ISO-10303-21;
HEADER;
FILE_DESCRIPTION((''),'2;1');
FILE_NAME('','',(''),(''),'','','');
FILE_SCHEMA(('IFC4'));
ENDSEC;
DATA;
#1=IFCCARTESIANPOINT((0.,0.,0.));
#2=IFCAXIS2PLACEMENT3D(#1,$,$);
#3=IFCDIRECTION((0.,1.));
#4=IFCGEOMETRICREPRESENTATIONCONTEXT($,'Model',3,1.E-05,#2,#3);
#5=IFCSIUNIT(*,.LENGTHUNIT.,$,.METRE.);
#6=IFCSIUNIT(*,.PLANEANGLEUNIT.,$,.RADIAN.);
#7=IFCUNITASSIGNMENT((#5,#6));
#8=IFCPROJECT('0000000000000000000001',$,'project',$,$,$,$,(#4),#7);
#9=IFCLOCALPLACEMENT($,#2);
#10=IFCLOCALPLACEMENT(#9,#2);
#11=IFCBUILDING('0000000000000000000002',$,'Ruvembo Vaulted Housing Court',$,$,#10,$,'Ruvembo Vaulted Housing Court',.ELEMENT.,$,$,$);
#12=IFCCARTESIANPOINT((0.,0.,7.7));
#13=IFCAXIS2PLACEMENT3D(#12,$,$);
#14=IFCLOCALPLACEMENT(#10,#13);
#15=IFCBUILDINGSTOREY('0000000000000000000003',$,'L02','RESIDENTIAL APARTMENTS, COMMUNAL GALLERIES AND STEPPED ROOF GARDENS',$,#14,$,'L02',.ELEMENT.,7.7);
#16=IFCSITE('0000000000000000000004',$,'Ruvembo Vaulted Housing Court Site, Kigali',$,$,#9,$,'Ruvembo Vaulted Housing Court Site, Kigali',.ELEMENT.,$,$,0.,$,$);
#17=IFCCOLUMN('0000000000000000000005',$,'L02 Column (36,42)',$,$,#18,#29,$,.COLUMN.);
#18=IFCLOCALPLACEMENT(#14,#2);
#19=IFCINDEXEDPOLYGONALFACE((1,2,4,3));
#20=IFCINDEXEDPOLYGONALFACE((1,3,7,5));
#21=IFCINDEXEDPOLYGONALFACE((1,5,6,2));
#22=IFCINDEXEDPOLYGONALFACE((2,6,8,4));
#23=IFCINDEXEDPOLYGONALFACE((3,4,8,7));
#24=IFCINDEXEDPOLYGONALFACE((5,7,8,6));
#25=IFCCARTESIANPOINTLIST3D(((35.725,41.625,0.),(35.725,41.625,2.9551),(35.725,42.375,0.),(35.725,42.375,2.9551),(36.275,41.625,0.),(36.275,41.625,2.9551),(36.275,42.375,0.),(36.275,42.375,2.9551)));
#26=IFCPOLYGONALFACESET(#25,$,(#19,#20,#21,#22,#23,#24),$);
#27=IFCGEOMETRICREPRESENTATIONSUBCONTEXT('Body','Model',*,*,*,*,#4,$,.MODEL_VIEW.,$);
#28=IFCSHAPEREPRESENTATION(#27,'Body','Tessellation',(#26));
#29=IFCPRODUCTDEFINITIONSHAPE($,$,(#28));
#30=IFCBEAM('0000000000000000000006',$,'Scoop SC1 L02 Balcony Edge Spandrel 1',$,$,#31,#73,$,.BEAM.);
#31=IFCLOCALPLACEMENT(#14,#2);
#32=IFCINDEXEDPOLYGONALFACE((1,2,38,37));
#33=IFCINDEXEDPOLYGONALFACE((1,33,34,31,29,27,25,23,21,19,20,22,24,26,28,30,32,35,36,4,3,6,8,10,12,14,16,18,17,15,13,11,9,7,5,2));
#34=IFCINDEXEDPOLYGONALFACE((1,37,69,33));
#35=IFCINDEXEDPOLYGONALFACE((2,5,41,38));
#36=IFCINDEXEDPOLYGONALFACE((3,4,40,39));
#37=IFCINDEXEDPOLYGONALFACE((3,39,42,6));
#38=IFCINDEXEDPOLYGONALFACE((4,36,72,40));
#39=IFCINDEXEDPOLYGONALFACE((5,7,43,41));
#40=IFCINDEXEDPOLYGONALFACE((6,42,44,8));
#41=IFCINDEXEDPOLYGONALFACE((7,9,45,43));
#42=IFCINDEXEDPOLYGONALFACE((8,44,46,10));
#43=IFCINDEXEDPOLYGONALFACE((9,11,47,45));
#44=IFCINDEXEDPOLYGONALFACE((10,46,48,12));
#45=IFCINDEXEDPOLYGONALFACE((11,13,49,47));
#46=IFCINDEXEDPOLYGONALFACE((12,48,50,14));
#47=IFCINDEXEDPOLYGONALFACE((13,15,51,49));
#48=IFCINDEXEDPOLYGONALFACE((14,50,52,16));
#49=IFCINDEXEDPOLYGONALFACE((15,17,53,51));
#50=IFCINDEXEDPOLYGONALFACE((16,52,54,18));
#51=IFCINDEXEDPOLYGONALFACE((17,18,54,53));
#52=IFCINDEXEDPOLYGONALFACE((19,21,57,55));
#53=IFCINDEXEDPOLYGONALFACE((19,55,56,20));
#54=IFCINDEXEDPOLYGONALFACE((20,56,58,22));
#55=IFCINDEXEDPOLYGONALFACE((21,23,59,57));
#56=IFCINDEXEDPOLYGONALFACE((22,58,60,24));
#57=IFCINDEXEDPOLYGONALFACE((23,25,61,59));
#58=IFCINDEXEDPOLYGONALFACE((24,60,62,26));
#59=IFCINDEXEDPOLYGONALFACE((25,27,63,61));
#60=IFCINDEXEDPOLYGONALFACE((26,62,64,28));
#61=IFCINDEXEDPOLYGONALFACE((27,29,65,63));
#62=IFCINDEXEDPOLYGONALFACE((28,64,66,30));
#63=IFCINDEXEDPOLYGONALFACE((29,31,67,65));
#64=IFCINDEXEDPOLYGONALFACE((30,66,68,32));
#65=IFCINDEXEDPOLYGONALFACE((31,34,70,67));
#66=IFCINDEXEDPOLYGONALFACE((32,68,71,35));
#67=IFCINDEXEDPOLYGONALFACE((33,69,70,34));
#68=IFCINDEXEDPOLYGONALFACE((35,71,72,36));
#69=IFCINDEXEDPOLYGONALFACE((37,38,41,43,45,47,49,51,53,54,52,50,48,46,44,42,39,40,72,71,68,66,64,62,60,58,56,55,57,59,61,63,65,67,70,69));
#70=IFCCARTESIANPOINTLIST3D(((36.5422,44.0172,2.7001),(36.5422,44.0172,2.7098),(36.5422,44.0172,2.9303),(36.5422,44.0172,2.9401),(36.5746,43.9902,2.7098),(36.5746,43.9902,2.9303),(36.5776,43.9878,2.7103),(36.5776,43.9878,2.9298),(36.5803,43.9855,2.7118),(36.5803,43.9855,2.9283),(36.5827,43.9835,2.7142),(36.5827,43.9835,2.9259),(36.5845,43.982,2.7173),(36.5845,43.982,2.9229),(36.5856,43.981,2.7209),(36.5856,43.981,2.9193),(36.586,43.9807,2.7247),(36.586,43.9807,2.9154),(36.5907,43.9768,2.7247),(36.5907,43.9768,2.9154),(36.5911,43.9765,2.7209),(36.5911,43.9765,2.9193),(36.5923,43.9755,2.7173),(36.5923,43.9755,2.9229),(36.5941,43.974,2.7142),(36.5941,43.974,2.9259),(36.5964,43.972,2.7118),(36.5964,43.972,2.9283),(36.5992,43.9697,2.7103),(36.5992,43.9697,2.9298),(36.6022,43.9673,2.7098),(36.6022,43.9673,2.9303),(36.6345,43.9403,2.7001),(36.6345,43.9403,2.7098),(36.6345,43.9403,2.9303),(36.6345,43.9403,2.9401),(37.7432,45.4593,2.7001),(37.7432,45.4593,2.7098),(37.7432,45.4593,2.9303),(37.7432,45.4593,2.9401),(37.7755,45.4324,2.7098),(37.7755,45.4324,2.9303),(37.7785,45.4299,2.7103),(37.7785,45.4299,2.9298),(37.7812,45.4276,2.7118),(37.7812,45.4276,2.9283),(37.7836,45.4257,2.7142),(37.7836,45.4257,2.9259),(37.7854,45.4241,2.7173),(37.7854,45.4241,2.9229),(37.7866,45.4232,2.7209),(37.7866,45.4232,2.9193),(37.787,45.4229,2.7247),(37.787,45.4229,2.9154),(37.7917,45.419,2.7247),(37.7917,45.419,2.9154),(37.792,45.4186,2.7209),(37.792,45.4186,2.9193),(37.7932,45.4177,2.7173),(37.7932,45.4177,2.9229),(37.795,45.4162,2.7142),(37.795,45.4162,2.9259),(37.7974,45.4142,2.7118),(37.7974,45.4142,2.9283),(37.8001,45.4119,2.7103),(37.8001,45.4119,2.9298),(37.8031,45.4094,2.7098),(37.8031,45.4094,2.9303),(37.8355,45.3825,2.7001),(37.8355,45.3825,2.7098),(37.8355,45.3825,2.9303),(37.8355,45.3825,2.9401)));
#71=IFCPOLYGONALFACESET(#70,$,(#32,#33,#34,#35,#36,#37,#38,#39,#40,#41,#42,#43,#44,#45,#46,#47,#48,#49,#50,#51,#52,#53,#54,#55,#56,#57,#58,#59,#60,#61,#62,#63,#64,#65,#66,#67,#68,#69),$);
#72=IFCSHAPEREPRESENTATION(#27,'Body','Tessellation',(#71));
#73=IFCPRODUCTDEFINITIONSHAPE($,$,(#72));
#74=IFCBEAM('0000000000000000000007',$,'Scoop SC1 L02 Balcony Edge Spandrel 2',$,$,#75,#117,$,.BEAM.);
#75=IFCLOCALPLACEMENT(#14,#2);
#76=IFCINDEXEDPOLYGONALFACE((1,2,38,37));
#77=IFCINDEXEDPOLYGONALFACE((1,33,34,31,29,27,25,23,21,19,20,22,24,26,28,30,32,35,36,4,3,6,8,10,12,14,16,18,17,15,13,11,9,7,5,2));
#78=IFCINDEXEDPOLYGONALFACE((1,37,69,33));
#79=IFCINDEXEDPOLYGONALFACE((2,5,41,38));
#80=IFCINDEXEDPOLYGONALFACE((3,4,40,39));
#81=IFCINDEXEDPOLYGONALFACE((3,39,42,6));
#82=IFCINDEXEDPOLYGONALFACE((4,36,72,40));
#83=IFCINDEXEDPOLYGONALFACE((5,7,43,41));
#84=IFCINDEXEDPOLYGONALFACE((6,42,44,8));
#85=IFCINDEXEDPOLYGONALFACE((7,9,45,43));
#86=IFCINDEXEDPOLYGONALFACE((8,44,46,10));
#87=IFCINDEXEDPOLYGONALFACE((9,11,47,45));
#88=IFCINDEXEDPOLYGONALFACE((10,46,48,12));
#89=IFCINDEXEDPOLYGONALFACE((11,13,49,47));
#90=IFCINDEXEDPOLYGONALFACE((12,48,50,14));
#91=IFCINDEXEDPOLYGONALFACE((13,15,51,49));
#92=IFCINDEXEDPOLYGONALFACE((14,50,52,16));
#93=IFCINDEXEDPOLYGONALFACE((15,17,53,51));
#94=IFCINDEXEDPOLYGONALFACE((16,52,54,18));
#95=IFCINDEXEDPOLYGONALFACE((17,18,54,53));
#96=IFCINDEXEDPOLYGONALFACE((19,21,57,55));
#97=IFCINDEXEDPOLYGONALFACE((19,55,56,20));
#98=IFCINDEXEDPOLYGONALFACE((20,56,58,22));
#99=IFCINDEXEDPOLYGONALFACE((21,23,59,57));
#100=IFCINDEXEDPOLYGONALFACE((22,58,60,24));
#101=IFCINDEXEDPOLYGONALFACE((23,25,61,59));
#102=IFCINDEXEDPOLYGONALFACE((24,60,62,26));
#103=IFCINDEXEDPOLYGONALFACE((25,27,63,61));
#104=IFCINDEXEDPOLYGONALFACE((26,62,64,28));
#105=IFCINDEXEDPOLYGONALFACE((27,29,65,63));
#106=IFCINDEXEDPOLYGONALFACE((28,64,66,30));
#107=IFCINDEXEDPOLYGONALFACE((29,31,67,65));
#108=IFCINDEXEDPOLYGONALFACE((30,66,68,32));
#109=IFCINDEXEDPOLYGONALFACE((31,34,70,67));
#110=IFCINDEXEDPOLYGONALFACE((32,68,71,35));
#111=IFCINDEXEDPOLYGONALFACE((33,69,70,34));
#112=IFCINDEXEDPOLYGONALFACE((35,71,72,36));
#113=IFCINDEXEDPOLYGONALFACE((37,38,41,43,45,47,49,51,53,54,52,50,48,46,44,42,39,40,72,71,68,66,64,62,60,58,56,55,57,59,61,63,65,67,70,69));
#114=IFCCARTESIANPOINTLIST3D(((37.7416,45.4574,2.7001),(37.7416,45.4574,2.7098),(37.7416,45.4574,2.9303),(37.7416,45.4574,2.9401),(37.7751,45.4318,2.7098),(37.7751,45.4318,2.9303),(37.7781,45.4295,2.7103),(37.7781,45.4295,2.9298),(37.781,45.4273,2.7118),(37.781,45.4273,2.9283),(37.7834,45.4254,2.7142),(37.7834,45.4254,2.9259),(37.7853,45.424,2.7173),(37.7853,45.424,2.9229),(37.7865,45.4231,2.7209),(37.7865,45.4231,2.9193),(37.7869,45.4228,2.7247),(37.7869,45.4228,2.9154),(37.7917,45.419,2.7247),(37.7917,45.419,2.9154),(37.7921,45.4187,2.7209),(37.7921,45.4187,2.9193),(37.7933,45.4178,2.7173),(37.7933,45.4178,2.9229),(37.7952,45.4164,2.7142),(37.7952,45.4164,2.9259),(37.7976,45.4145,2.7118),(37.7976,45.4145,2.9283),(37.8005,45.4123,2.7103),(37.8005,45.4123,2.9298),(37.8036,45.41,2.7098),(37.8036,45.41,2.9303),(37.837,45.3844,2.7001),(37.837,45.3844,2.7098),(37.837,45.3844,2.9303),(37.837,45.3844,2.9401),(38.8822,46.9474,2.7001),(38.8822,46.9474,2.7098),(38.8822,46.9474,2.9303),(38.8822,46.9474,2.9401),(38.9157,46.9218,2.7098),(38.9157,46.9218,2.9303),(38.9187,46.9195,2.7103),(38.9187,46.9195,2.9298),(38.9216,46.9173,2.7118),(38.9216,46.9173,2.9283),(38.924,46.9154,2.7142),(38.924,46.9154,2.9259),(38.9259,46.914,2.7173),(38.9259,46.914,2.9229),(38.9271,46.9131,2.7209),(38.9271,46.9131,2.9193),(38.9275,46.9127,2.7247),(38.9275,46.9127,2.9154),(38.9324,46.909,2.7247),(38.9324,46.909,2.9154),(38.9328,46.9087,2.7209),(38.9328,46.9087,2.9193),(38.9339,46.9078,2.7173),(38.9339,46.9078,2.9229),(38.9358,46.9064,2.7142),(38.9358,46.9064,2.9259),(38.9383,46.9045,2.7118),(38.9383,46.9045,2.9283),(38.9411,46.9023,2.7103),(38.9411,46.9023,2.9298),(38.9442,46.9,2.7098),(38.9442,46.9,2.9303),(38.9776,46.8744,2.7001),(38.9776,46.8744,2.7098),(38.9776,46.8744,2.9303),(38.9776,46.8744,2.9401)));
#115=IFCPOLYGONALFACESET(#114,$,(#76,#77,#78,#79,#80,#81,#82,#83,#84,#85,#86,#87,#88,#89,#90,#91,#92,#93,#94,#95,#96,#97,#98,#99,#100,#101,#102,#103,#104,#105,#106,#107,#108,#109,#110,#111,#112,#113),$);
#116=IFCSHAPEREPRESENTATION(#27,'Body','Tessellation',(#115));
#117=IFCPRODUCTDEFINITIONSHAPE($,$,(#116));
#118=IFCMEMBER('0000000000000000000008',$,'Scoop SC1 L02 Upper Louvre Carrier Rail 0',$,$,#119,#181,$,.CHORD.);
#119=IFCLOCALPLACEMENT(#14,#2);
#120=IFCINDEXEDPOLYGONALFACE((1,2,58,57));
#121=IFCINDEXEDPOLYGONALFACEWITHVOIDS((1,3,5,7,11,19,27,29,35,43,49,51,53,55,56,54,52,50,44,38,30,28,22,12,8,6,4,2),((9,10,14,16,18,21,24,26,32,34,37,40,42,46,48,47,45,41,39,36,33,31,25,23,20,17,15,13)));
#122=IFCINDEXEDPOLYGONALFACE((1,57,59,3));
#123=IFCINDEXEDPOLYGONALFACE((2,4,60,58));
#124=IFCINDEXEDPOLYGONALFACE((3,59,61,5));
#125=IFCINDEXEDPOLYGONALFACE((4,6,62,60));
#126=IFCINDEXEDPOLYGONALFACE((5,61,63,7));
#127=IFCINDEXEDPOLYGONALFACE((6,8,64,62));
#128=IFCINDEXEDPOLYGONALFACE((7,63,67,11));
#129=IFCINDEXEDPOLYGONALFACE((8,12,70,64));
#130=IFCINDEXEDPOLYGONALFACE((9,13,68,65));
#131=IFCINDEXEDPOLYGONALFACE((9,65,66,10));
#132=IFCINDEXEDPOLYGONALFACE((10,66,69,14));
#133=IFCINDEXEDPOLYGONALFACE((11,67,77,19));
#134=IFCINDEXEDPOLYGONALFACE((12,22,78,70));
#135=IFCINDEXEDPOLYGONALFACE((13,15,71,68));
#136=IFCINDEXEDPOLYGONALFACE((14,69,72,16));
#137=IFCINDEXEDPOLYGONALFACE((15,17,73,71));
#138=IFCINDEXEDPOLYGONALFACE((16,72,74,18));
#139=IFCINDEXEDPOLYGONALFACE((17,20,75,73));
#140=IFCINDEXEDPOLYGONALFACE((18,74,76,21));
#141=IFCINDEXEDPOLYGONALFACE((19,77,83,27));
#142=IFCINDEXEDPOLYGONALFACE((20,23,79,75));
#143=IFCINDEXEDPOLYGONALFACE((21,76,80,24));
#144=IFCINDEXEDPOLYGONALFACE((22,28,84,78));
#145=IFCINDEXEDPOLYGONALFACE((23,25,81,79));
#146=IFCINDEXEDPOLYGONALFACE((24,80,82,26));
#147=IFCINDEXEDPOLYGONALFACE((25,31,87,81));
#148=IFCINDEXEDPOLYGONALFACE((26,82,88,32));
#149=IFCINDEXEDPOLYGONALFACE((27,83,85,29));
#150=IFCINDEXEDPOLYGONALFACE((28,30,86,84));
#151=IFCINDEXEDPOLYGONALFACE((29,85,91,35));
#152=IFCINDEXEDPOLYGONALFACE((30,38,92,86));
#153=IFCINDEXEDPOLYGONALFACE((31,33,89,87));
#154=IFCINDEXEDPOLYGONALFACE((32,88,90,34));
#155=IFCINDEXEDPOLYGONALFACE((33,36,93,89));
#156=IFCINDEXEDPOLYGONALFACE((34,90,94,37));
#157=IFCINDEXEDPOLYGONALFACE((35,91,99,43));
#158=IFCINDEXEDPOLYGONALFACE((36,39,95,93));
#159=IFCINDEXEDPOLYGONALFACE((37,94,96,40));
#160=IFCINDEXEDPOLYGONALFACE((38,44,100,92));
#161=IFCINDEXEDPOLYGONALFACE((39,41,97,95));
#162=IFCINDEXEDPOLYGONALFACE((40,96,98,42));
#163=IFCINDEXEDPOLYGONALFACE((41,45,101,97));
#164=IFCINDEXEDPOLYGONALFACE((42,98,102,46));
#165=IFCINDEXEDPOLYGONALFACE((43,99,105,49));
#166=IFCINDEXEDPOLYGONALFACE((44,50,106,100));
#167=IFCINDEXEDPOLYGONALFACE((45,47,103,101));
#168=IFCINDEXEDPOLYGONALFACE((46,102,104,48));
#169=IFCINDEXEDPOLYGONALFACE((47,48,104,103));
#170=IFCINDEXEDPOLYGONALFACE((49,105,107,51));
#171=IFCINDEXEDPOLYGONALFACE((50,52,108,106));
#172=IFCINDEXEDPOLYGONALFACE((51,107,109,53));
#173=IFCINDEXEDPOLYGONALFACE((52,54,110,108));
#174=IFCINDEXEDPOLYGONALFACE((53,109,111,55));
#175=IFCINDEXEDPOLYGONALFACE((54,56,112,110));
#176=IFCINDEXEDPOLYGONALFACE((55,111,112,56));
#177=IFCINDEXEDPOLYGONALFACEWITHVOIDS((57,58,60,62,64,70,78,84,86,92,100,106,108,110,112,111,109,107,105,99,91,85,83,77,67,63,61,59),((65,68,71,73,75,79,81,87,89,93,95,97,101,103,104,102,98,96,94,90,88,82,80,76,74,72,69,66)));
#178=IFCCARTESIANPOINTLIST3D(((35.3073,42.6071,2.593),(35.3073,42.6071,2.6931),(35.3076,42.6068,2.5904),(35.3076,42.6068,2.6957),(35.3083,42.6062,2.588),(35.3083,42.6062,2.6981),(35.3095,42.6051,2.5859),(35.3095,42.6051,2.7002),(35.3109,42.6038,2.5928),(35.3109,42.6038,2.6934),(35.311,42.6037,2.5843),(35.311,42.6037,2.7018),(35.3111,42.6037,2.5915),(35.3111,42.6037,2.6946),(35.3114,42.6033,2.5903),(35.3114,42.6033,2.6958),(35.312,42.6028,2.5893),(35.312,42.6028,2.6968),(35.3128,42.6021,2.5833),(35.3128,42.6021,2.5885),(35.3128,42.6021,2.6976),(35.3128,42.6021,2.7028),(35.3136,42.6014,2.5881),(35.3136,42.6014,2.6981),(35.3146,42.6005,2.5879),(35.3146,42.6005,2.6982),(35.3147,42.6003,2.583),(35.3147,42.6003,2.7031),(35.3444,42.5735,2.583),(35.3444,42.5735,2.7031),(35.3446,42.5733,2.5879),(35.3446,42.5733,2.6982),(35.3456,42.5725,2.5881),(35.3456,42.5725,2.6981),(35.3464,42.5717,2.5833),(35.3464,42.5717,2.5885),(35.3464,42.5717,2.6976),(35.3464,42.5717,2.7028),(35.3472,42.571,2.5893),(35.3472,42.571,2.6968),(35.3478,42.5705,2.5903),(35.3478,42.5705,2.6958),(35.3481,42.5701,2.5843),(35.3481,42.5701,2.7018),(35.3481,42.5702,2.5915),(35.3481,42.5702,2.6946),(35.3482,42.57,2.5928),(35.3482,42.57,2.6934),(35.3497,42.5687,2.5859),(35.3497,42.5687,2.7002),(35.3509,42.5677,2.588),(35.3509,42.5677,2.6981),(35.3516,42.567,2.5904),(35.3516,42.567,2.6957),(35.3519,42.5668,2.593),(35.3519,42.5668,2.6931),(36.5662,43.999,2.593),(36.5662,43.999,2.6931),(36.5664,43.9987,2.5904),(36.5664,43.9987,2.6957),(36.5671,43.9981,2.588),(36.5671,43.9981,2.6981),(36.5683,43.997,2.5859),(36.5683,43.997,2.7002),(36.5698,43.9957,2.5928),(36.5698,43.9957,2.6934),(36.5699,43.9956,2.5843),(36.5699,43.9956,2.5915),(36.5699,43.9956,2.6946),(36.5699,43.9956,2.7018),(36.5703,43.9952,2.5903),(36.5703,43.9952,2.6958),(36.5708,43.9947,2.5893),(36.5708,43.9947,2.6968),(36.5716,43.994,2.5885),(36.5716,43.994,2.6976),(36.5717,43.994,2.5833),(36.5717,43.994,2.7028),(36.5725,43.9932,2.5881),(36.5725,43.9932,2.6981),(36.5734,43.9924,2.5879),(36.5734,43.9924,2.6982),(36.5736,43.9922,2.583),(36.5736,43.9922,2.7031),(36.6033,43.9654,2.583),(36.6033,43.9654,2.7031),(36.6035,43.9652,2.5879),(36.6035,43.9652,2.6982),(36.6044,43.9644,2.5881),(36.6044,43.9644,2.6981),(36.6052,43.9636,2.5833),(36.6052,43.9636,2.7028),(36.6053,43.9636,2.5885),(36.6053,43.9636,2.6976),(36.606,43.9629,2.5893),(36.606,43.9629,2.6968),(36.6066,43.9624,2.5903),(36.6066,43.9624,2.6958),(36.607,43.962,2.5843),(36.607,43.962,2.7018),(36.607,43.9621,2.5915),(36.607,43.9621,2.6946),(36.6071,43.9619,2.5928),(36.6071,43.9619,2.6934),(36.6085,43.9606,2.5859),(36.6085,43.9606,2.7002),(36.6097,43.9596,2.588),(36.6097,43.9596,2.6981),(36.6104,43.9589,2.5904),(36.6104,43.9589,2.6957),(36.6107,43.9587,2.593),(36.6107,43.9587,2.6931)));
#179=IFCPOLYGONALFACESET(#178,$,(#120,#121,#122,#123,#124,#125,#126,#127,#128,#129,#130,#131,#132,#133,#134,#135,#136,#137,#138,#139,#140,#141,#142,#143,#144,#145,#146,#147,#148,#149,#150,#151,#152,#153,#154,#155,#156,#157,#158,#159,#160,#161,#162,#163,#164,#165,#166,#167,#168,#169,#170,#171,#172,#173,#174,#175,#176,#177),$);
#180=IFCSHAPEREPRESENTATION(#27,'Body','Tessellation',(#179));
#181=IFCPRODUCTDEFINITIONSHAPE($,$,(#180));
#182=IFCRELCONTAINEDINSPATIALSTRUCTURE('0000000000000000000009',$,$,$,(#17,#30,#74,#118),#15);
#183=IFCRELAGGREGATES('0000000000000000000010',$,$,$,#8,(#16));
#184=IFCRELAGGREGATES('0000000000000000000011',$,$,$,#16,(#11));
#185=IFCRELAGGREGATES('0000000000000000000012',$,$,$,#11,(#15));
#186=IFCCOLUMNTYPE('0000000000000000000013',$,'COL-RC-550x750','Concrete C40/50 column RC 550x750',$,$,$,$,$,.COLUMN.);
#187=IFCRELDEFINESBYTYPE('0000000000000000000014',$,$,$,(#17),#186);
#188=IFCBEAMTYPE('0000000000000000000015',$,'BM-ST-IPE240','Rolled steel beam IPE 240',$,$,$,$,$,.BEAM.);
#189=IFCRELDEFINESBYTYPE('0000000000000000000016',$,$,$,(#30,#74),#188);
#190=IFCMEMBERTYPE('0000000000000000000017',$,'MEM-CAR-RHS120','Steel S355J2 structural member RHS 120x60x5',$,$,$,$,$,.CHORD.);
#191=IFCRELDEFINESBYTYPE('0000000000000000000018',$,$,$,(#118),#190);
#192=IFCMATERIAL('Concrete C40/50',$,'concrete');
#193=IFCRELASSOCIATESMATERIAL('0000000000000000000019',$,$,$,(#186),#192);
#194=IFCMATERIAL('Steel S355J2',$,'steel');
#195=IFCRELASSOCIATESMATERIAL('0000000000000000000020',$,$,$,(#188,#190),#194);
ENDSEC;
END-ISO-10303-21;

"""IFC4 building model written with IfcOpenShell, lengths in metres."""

from ifc_helpers import new_model, si_unit, direction, frame, origin, origin_2d, place, context, subcontext, project, spatial, rectangle, hollow_rectangle, i_section, extrude, material, material_profile, profile_set, type_object, element, save


model = new_model("IFC4")

# Units and contexts
model_context = context("Model", 3, precision=1e-05, world=origin(), true_north=direction((0.0, 1.0)))
body_context = subcontext(model_context, "Body", "Model", "MODEL_VIEW")
ifc_project = project(units=[si_unit("LENGTHUNIT", "METRE"), si_unit("PLANEANGLEUNIT", "RADIAN")], contexts=[model_context])

# Site, building, storey
site_placement = place(None, origin())
site = spatial("IfcSite", under=ifc_project, at=site_placement, Name="Ruvembo Vaulted Housing Court Site, Kigali", LongName="Ruvembo Vaulted Housing Court Site, Kigali", CompositionType="ELEMENT", RefElevation=0.0)
building_placement = place(site_placement, origin())
building = spatial("IfcBuilding", under=site, at=building_placement, Name="Ruvembo Vaulted Housing Court", LongName="Ruvembo Vaulted Housing Court", CompositionType="ELEMENT")
storey_placement = place(building_placement, frame((0.0, 0.0, 7.7)))
storey = spatial("IfcBuildingStorey", under=building, at=storey_placement, Name="L02", Description="RESIDENTIAL APARTMENTS, COMMUNAL GALLERIES AND STEPPED ROOF GARDENS", LongName="L02", CompositionType="ELEMENT", Elevation=7.7)

# Column
ifc_material_1 = material(Name="Concrete C40/50", Category="concrete")
ifc_material_profile_1 = material_profile(ifc_material_1, rectangle(XDim=0.55, YDim=0.75, at=origin_2d()), Name="RC 550x750")
ifc_profile_set_1 = profile_set([ifc_material_profile_1], Name="Concrete C40/50")
column_type = type_object("IfcColumnType", Name="COL-RC-550x750", Description="Concrete C40/50 column RC 550x750", PredefinedType="COLUMN", material=ifc_profile_set_1)
column_placement = place(storey_placement, frame((36.0, 42.0, 0.0), z_axis=(0.0, 0.0, 1.0), x_axis=(1.0, 0.0, 0.0)))
element("IfcColumn", 1, at=column_placement, inside=storey, type_object=column_type, Name="L02 Column (36,42)", PredefinedType="COLUMN", context=body_context, shape_type="SweptSolid", body=[
    extrude(rectangle(XDim=0.55, YDim=0.75, at=origin_2d()), origin(), (0.0, 0.0, 1.0), 2.9551),
])

# Beams
ifc_material_2 = material(Name="Steel S355J2", Category="steel")
ifc_material_profile_2 = material_profile(ifc_material_2, i_section(OverallWidth=0.1201, OverallDepth=0.24, WebThickness=0.0061, FlangeThickness=0.0098, FilletRadius=0.0149, at=origin_2d()), Name="IPE 240")
ifc_profile_set_2 = profile_set([ifc_material_profile_2], Name="Steel S355J2")
beam_type = type_object("IfcBeamType", Name="BM-ST-IPE240", Description="Rolled steel beam IPE 240", PredefinedType="BEAM", material=ifc_profile_set_2)
beam_1_placement = place(storey_placement, frame((36.5884, 43.9788, 2.8201), z_axis=(0.639916, 0.768445, 0.0), x_axis=(-0.768445, 0.639916, 0.0)))
element("IfcBeam", 2, at=beam_1_placement, inside=storey, type_object=beam_type, Name="Scoop SC1 L02 Balcony Edge Spandrel 1", PredefinedType="BEAM", context=body_context, shape_type="SweptSolid", body=[
    extrude(i_section(OverallWidth=0.1201, OverallDepth=0.24, WebThickness=0.0061, FlangeThickness=0.0098, FilletRadius=0.0149, at=origin_2d()), origin(), (0.0, 0.0, 1.0), 1.8767),
])
beam_2_placement = place(storey_placement, frame((37.7893, 45.4209, 2.8201), z_axis=(0.607861, 0.794044, 0.0), x_axis=(-0.794044, 0.607861, 0.0)))
element("IfcBeam", 3, at=beam_2_placement, inside=storey, type_object=beam_type, Name="Scoop SC1 L02 Balcony Edge Spandrel 2", PredefinedType="BEAM", context=body_context, shape_type="SweptSolid", body=[
    extrude(i_section(OverallWidth=0.1201, OverallDepth=0.24, WebThickness=0.0061, FlangeThickness=0.0098, FilletRadius=0.0149, at=origin_2d()), origin(), (0.0, 0.0, 1.0), 1.8765),
])

# Member
ifc_material_profile_3 = material_profile(ifc_material_2, hollow_rectangle(XDim=0.0601, YDim=0.1201, WallThickness=0.0049, InnerFilletRadius=0.0049, OuterFilletRadius=0.01, at=origin_2d()), Name="RHS 120x60x5")
ifc_profile_set_3 = profile_set([ifc_material_profile_3], Name="Steel S355J2")
member_type_1 = type_object("IfcMemberType", Name="MEM-CAR-RHS120", Description="Steel S355J2 structural member RHS 120x60x5", PredefinedType="CHORD", material=ifc_profile_set_3)
for number, where, z_axis, x_axis, name in (
    (4, (35.3296, 42.5869, 2.6431), (0.670767, 0.741668, 0.0), (-0.741668, 0.670767, 0.0), "Scoop SC1 L02 Upper Louvre Carrier Rail 0"),
):
    element("IfcMember", number, at=place(storey_placement, frame(where, z_axis=z_axis, x_axis=x_axis)), inside=storey, type_object=member_type_1, Name=name, PredefinedType="CHORD", context=body_context, shape_type="SweptSolid", body=[
        extrude(hollow_rectangle(XDim=0.0601, YDim=0.1201, WallThickness=0.0049, InnerFilletRadius=0.0049, OuterFilletRadius=0.01, at=origin_2d()), origin(), (0.0, 0.0, 1.0), 1.8767),
    ])

save(model, "model.ifc")
